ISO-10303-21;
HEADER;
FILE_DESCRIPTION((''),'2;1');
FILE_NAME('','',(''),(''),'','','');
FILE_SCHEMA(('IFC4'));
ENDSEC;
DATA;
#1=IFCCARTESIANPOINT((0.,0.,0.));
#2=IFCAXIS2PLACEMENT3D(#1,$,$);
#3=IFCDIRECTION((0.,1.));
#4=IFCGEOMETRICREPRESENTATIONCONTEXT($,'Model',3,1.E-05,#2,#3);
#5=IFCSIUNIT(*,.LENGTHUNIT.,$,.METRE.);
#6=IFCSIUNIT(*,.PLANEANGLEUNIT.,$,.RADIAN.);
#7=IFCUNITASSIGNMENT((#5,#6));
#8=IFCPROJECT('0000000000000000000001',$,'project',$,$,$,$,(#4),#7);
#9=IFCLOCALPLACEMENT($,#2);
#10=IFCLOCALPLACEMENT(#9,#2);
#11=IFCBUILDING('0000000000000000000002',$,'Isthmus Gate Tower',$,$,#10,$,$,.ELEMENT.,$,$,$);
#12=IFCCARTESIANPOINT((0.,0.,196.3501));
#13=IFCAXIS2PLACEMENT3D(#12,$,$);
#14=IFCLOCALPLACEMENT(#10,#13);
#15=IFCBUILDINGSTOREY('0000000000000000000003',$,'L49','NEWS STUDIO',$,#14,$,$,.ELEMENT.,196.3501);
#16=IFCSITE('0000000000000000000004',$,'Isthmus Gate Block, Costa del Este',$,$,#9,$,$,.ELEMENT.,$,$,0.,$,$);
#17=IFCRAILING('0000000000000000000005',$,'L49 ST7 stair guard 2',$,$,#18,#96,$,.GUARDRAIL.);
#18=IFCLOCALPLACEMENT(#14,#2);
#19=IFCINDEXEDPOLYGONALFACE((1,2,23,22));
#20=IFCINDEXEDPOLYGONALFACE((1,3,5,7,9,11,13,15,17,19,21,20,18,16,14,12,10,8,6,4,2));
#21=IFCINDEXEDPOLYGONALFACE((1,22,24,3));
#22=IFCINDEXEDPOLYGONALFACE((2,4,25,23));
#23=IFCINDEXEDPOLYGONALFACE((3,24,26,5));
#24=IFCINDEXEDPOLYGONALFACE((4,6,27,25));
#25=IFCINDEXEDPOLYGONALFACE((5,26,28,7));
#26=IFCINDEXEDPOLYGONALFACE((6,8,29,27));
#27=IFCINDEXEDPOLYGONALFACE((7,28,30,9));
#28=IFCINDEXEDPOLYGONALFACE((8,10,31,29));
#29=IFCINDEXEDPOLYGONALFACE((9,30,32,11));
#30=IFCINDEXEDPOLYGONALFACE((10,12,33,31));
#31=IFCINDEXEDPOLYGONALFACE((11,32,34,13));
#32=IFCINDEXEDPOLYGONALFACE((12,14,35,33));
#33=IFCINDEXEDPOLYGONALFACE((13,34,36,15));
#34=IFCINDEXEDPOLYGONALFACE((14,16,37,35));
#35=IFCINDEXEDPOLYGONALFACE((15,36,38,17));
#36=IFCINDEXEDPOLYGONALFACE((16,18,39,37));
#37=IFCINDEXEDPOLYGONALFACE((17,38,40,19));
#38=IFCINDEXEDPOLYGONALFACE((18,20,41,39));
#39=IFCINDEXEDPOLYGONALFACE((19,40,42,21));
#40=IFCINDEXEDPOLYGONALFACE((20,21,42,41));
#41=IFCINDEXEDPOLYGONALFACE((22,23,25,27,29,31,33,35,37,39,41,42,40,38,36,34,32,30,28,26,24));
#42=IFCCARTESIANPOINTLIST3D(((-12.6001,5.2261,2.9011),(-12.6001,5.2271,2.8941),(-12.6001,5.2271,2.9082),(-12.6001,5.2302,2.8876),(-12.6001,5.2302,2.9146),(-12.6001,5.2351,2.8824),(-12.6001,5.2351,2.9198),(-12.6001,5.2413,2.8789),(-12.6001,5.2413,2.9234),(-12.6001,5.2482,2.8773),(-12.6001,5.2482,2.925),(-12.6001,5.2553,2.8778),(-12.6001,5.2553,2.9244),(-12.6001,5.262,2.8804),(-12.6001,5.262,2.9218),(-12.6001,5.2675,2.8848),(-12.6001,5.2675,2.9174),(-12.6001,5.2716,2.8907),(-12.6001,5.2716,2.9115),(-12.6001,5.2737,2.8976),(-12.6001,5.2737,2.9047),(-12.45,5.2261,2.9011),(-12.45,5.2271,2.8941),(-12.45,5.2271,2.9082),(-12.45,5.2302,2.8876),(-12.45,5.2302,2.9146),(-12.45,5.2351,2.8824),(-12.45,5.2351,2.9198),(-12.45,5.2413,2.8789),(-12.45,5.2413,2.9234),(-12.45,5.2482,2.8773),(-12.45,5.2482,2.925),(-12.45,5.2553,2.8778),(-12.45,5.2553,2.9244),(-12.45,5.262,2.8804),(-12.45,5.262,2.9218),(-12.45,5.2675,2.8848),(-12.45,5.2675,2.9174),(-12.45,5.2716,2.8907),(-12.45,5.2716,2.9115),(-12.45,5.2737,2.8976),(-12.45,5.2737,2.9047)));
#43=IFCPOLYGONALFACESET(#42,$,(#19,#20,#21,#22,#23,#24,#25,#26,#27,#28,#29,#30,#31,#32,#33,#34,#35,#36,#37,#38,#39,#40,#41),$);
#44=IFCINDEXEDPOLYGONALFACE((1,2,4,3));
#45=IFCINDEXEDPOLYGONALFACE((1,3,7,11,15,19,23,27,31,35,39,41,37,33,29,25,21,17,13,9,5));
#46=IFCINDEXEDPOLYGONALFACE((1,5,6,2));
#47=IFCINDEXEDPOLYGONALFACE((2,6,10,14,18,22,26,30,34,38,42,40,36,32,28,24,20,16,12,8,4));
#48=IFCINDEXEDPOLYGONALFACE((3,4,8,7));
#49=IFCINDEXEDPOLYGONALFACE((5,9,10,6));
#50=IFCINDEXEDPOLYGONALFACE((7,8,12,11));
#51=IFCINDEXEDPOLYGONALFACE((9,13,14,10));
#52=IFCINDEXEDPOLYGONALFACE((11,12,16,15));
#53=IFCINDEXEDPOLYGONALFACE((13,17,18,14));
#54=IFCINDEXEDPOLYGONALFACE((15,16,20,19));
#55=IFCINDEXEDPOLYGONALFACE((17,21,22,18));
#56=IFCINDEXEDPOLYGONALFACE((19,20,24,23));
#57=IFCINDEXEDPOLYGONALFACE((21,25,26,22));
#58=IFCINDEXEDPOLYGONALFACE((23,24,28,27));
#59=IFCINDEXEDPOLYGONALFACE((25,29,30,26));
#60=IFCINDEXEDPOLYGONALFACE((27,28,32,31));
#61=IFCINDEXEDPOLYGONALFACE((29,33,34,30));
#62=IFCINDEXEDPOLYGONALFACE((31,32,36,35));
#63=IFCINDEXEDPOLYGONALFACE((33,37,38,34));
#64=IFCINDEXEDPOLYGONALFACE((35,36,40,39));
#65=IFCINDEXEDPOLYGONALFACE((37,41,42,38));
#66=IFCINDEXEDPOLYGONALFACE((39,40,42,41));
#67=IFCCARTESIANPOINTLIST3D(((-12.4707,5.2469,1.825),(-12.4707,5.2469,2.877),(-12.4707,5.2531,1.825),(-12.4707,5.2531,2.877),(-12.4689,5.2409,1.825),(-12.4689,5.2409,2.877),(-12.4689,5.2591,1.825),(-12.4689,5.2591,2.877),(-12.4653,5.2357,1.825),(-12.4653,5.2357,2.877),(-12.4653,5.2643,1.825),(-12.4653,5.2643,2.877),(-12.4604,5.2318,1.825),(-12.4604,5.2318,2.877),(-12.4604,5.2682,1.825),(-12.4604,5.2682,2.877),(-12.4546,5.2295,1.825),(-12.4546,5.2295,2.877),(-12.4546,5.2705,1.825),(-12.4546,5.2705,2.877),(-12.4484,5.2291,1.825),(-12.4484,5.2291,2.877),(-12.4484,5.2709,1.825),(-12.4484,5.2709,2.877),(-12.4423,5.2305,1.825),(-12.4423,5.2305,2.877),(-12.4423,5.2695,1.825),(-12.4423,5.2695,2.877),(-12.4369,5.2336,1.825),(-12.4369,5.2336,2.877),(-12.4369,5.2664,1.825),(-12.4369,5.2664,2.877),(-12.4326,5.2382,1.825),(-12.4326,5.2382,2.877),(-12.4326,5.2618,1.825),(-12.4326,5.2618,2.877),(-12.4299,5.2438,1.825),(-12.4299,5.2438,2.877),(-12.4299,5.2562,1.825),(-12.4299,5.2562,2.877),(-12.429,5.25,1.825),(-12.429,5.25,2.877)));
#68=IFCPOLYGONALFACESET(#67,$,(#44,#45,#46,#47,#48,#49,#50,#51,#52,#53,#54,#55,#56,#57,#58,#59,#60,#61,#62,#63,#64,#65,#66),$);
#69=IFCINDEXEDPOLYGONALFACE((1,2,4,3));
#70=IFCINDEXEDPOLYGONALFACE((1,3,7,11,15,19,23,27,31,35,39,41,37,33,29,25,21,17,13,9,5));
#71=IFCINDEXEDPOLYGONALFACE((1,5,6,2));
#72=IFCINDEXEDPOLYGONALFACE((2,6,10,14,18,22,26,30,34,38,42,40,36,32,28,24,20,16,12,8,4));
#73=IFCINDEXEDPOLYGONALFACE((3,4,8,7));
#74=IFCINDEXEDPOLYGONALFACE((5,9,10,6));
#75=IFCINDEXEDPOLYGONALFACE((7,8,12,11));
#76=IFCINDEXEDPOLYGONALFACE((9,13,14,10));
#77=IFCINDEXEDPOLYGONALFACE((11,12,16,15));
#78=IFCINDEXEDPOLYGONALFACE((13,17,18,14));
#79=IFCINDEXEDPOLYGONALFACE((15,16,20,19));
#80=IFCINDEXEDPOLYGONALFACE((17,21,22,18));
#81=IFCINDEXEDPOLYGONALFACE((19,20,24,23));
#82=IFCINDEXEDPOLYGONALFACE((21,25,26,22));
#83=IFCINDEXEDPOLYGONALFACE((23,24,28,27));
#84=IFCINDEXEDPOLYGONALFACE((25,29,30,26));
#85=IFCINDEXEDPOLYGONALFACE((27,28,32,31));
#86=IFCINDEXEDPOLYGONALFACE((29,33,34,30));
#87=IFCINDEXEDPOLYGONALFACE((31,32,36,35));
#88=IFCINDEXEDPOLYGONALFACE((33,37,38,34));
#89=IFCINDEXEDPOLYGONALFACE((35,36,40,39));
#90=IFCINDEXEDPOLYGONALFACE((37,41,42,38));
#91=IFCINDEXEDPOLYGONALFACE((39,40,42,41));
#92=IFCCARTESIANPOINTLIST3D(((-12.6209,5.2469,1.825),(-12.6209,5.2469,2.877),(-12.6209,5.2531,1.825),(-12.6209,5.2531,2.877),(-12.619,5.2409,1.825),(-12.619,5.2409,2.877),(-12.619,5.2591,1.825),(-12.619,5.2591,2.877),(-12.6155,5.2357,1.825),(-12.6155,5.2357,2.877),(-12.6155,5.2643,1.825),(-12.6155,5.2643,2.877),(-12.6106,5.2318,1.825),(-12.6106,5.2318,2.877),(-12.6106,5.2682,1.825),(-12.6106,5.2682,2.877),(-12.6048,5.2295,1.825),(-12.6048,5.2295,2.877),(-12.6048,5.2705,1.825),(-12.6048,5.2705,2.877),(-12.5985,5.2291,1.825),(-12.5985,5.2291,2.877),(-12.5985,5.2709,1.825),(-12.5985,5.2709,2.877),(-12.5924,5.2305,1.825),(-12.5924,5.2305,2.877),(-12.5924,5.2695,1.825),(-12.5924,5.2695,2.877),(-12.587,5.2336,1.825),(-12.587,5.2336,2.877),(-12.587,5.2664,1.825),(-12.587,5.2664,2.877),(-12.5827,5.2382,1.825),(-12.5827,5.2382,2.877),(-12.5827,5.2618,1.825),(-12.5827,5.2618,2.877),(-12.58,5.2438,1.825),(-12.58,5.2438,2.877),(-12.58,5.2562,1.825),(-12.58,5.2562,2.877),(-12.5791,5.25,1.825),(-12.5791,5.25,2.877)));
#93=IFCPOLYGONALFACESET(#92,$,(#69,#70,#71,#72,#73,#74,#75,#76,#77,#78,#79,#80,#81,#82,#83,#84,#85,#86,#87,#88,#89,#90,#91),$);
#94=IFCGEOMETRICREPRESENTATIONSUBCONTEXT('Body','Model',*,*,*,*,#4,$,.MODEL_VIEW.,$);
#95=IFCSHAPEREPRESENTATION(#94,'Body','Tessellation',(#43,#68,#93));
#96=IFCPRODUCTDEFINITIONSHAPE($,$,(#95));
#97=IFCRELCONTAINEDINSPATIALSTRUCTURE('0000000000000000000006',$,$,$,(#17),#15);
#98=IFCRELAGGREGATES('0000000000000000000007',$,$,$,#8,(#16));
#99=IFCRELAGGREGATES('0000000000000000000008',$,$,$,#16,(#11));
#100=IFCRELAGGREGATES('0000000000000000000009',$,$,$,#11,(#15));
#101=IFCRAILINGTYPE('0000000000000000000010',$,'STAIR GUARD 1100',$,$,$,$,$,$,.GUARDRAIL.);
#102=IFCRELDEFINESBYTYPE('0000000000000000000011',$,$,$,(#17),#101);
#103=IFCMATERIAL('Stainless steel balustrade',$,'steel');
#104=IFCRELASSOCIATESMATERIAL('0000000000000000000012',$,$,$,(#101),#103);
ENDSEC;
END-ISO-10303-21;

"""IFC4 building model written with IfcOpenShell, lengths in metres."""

from ifc_helpers import new_model, si_unit, direction, frame, origin, origin_2d, place, context, subcontext, project, spatial, circle, extrude, material, type_object, element, save


model = new_model("IFC4")

# Units and contexts
model_context = context("Model", 3, precision=1e-05, world=origin(), true_north=direction((0.0, 1.0)))
body_context = subcontext(model_context, "Body", "Model", "MODEL_VIEW")
ifc_project = project(units=[si_unit("LENGTHUNIT", "METRE"), si_unit("PLANEANGLEUNIT", "RADIAN")], contexts=[model_context])

# Site, building, storey
site_placement = place(None, origin())
site = spatial("IfcSite", under=ifc_project, at=site_placement, Name="Isthmus Gate Block, Costa del Este", CompositionType="ELEMENT", RefElevation=0.0)
building_placement = place(site_placement, origin())
building = spatial("IfcBuilding", under=site, at=building_placement, Name="Isthmus Gate Tower", CompositionType="ELEMENT")
storey_placement = place(building_placement, frame((0.0, 0.0, 196.3501)))
storey = spatial("IfcBuildingStorey", under=building, at=storey_placement, Name="L49", Description="NEWS STUDIO", CompositionType="ELEMENT", Elevation=196.3501)

# Railing
ifc_material_1 = material(Name="Stainless steel balustrade", Category="steel")
railing_type_1 = type_object("IfcRailingType", Name="STAIR GUARD 1100", PredefinedType="GUARDRAIL", material=ifc_material_1)
railing_1_placement = place(storey_placement, frame((-12.45, 5.25, 1.825)))
element("IfcRailing", 1, at=railing_1_placement, inside=storey, type_object=railing_type_1, Name="L49 ST7 stair guard 2", PredefinedType="GUARDRAIL", context=body_context, shape_type="SweptSolid", body=[
    extrude(circle(Radius=0.0239, at=origin_2d()), frame((0.0, 0.0, 1.0762), z_axis=(-1.0, 0.0, 0.0), x_axis=(0.0, -1.0, 0.0)), (0.0, 0.0, 1.0), 0.1501),
    extrude(circle(Radius=0.021, at=origin_2d()), origin(), (0.0, 0.0, 1.0), 1.052),
    extrude(circle(Radius=0.021, at=origin_2d()), frame((-0.1501, 0.0, 0.0)), (0.0, 0.0, 1.0), 1.052),
])

save(model, "model.ifc")
